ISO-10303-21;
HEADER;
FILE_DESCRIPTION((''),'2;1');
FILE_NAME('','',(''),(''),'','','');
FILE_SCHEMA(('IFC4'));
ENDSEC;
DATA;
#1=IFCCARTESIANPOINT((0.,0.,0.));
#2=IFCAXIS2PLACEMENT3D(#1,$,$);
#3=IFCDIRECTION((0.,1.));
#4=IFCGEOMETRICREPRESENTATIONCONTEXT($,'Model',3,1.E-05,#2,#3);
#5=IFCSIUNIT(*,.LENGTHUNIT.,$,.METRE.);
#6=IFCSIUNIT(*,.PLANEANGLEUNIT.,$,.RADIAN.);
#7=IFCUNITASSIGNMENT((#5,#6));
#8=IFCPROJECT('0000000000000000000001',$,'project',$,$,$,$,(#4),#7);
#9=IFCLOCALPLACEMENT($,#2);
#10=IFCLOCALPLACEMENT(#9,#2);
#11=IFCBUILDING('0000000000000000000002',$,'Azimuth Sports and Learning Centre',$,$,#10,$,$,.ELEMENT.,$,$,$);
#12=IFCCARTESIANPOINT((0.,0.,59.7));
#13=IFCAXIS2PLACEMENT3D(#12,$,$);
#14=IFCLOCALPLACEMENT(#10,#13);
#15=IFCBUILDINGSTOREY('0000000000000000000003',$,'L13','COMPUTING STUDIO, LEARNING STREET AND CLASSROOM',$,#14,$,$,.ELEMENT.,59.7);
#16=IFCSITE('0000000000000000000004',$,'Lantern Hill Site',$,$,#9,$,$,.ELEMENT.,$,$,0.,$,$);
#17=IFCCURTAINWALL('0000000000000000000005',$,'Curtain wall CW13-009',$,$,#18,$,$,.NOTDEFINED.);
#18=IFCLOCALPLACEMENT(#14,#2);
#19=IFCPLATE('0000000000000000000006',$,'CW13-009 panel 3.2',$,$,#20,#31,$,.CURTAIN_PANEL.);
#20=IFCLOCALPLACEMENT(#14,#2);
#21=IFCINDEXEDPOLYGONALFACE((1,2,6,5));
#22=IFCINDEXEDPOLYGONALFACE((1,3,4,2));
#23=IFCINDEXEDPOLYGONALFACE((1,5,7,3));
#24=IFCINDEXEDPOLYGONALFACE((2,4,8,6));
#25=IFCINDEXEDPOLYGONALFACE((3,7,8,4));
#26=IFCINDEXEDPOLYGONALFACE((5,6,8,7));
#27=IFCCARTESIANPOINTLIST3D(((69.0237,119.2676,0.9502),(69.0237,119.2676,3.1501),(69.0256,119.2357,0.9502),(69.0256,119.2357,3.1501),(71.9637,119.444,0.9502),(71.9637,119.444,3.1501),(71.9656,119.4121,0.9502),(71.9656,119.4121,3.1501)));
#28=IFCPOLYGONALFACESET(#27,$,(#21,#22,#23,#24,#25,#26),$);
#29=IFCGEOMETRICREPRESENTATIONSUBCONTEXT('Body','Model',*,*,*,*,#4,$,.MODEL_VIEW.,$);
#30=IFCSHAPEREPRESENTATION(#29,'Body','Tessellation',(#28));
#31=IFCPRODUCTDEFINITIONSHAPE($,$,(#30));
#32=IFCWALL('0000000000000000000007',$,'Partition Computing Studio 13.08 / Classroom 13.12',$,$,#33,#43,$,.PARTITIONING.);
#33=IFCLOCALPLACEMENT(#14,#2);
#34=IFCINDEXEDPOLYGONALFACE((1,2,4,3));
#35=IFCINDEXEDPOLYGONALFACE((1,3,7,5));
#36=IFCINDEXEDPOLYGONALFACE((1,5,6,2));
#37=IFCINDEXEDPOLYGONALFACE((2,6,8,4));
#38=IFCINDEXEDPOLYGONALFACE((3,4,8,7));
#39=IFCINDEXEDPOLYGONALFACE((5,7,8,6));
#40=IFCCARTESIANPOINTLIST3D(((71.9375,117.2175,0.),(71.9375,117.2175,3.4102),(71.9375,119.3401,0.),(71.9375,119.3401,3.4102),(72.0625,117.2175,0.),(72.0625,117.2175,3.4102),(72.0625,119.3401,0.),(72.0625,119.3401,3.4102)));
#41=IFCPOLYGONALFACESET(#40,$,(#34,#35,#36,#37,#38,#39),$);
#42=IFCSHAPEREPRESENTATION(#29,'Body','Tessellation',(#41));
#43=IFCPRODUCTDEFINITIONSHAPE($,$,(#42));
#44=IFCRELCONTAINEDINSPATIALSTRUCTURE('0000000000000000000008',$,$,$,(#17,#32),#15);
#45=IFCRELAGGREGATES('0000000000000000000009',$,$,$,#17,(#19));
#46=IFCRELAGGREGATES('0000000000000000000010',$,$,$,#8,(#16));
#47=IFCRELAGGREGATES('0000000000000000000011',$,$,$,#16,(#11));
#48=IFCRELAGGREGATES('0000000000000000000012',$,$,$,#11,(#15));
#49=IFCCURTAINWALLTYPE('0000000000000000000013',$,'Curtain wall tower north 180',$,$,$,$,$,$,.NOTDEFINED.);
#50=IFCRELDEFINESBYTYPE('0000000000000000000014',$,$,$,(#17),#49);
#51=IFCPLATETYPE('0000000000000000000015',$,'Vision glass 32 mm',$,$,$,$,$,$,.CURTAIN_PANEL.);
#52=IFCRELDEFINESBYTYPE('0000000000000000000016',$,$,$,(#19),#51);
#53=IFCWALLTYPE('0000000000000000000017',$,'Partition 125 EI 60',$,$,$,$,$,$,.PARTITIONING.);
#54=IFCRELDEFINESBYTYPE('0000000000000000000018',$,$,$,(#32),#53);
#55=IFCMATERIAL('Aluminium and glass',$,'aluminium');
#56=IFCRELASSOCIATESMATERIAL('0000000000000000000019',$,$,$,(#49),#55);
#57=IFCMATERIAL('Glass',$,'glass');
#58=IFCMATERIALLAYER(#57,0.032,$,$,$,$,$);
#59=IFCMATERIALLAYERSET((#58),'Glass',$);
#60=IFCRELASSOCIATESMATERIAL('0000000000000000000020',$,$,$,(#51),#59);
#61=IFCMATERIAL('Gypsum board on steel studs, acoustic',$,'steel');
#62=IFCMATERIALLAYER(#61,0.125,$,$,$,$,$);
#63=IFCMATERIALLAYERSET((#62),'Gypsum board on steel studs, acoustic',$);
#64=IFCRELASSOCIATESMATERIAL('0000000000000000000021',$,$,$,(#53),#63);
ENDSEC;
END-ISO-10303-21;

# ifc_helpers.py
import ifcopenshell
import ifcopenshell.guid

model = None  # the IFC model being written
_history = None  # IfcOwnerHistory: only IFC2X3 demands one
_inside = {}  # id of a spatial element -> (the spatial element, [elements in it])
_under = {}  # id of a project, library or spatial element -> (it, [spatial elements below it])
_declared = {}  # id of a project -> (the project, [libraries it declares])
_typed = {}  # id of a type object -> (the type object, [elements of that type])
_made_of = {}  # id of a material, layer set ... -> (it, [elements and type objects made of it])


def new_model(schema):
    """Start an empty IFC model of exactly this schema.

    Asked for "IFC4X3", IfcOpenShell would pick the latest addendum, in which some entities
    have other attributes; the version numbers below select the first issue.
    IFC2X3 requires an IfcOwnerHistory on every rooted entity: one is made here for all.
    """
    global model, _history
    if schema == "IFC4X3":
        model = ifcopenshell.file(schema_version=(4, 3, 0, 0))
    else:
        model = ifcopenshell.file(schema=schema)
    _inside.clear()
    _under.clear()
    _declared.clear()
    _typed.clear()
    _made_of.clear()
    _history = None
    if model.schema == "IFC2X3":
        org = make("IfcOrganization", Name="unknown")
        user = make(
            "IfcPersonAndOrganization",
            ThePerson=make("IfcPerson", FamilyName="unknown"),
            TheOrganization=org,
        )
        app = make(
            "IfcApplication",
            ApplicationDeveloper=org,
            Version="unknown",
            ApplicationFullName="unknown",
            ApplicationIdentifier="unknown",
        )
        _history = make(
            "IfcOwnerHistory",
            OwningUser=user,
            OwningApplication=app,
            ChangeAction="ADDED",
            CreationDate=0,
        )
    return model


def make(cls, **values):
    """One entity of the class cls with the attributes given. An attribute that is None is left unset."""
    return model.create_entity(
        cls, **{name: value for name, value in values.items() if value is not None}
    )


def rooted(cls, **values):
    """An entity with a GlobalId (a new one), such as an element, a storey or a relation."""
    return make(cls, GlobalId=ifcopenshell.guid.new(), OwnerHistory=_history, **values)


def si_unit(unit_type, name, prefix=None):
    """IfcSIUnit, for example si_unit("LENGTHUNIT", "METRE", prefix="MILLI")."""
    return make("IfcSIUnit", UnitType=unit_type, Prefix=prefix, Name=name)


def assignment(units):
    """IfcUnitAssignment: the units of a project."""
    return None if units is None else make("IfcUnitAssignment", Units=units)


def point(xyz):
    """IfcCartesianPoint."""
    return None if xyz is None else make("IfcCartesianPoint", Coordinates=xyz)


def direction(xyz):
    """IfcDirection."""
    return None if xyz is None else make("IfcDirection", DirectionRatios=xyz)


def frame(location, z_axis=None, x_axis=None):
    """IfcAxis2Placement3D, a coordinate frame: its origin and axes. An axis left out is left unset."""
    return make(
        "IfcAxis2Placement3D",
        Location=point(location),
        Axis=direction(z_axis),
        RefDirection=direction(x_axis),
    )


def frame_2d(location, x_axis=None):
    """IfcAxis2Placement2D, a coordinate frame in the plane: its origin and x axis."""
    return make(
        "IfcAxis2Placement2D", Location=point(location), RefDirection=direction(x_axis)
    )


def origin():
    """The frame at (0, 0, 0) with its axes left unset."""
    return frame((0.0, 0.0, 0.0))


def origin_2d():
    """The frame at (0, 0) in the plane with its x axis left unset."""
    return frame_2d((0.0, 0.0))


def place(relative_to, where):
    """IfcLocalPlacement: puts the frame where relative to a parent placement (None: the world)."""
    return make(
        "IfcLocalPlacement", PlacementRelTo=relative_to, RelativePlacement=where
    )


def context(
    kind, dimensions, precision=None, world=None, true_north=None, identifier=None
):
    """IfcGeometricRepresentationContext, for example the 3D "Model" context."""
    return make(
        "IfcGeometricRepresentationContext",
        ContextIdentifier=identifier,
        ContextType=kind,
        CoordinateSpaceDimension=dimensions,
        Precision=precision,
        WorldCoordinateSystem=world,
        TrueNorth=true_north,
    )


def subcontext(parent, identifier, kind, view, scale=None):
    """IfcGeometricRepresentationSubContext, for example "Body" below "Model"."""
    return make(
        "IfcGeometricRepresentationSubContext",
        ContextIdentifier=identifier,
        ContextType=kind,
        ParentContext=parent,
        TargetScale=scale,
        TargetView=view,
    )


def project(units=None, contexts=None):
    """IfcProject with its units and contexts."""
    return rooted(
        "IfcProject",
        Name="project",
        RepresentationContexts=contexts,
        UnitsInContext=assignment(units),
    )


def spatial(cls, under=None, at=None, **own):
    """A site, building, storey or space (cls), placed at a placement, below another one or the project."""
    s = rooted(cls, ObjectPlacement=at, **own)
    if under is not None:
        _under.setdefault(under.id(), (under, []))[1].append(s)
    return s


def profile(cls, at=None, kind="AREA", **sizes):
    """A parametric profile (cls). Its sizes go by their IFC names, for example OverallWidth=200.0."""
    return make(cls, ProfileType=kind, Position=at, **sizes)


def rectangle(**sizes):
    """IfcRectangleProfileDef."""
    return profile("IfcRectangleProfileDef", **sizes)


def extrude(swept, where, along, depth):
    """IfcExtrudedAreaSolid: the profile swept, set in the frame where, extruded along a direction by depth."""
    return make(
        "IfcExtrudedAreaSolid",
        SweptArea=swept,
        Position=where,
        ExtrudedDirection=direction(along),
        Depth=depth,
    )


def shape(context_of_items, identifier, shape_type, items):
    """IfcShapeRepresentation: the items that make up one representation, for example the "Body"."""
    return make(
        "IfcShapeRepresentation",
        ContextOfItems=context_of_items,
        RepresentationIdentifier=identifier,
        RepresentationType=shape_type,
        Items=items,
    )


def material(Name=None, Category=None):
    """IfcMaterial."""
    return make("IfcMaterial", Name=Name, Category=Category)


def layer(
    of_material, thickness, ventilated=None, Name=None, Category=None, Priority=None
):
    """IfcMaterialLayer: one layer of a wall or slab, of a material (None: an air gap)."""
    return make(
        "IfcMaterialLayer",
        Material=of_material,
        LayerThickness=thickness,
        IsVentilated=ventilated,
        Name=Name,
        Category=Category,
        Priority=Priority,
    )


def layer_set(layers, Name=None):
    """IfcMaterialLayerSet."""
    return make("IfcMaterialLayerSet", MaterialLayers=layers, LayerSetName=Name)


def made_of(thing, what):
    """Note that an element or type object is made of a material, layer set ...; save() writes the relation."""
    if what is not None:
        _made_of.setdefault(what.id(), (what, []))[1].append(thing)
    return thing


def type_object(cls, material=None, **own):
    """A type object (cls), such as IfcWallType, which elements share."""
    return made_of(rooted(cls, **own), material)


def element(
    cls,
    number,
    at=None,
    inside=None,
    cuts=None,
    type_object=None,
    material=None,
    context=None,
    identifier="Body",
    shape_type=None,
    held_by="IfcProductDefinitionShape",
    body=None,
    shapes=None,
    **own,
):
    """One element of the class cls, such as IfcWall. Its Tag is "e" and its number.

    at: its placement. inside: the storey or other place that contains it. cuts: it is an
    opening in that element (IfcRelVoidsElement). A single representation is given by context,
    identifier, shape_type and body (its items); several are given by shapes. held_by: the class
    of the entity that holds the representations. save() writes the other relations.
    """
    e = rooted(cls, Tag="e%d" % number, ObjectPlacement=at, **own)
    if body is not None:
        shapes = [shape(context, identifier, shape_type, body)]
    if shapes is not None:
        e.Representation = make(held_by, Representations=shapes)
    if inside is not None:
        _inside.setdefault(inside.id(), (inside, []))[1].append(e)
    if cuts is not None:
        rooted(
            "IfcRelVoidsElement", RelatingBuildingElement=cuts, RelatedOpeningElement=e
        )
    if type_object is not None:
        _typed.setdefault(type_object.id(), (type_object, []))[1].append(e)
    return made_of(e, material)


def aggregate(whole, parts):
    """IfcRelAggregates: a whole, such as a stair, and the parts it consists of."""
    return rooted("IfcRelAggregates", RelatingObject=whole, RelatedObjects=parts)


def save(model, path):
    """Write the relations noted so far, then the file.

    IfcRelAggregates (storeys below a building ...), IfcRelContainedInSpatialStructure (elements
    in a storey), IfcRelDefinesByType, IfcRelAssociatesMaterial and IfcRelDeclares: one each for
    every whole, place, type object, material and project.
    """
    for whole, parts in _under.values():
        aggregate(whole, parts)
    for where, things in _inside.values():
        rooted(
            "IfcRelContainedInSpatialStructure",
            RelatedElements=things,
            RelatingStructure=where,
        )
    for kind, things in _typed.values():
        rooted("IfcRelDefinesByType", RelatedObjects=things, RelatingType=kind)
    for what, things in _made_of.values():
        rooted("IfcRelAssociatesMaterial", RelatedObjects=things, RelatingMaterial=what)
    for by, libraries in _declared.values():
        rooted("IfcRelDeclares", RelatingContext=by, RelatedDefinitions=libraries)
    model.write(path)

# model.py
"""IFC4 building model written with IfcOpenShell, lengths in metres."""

from ifc_helpers import new_model, si_unit, direction, frame, frame_2d, origin, origin_2d, place, context, subcontext, project, spatial, rectangle, extrude, material, layer, layer_set, type_object, element, aggregate, save


model = new_model("IFC4")

# Units and contexts
model_context = context("Model", 3, precision=1e-05, world=origin(), true_north=direction((0.0, 1.0)))
body_context = subcontext(model_context, "Body", "Model", "MODEL_VIEW")
ifc_project = project(units=[si_unit("LENGTHUNIT", "METRE"), si_unit("PLANEANGLEUNIT", "RADIAN")], contexts=[model_context])

# Site, building, storey
site_placement = place(None, origin())
site = spatial("IfcSite", under=ifc_project, at=site_placement, Name="Lantern Hill Site", CompositionType="ELEMENT", RefElevation=0.0)
building_placement = place(site_placement, origin())
building = spatial("IfcBuilding", under=site, at=building_placement, Name="Azimuth Sports and Learning Centre", CompositionType="ELEMENT")
storey_placement = place(building_placement, frame((0.0, 0.0, 59.7)))
storey = spatial("IfcBuildingStorey", under=building, at=storey_placement, Name="L13", Description="COMPUTING STUDIO, LEARNING STREET AND CLASSROOM", CompositionType="ELEMENT", Elevation=59.7)

# Curtain wall, plate
ifc_material_1 = material(Name="Aluminium and glass", Category="aluminium")
curtain_wall_type = type_object("IfcCurtainWallType", Name="Curtain wall tower north 180", PredefinedType="NOTDEFINED", material=ifc_material_1)
curtain_wall_placement = place(storey_placement, origin())
curtain_wall = element("IfcCurtainWall", 1, at=curtain_wall_placement, inside=storey, type_object=curtain_wall_type, Name="Curtain wall CW13-009", PredefinedType="NOTDEFINED")
ifc_material_2 = material(Name="Glass", Category="glass")
ifc_layer_1 = layer(ifc_material_2, 0.032)
ifc_layer_set_1 = layer_set([ifc_layer_1], Name="Glass")
plate_type_1 = type_object("IfcPlateType", Name="Vision glass 32 mm", PredefinedType="CURTAIN_PANEL", material=ifc_layer_set_1)
plate_1_placement = place(storey_placement, frame((70.4946, 119.3398, 0.9502), z_axis=(0.0, 0.0, 1.0), x_axis=(-0.998205, -0.059892, 0.0)))
plate_1 = element("IfcPlate", 2, at=plate_1_placement, type_object=plate_type_1, Name="CW13-009 panel 3.2", PredefinedType="CURTAIN_PANEL", context=body_context, shape_type="SweptSolid", body=[
    extrude(rectangle(XDim=2.9453, YDim=0.032, at=origin_2d()), origin(), (0.0, 0.0, 1.0), 2.2),
])
aggregate(curtain_wall, [plate_1])

# Wall
ifc_material_3 = material(Name="Gypsum board on steel studs, acoustic", Category="steel")
ifc_layer_2 = layer(ifc_material_3, 0.125)
ifc_layer_set_2 = layer_set([ifc_layer_2], Name="Gypsum board on steel studs, acoustic")
wall_type = type_object("IfcWallType", Name="Partition 125 EI 60", PredefinedType="PARTITIONING", material=ifc_layer_set_2)
wall_placement = place(storey_placement, frame((72.0, 117.2175, 0.0), z_axis=(0.0, 0.0, 1.0), x_axis=(0.0, 1.0, 0.0)))
element("IfcWall", 3, at=wall_placement, inside=storey, type_object=wall_type, Name="Partition Computing Studio 13.08 / Classroom 13.12", PredefinedType="PARTITIONING", context=body_context, shape_type="SweptSolid", body=[
    extrude(rectangle(XDim=2.1226, YDim=0.125, at=frame_2d((1.0613, 0.0))), origin(), (0.0, 0.0, 1.0), 3.4102),
])

save(model, "model.ifc")
